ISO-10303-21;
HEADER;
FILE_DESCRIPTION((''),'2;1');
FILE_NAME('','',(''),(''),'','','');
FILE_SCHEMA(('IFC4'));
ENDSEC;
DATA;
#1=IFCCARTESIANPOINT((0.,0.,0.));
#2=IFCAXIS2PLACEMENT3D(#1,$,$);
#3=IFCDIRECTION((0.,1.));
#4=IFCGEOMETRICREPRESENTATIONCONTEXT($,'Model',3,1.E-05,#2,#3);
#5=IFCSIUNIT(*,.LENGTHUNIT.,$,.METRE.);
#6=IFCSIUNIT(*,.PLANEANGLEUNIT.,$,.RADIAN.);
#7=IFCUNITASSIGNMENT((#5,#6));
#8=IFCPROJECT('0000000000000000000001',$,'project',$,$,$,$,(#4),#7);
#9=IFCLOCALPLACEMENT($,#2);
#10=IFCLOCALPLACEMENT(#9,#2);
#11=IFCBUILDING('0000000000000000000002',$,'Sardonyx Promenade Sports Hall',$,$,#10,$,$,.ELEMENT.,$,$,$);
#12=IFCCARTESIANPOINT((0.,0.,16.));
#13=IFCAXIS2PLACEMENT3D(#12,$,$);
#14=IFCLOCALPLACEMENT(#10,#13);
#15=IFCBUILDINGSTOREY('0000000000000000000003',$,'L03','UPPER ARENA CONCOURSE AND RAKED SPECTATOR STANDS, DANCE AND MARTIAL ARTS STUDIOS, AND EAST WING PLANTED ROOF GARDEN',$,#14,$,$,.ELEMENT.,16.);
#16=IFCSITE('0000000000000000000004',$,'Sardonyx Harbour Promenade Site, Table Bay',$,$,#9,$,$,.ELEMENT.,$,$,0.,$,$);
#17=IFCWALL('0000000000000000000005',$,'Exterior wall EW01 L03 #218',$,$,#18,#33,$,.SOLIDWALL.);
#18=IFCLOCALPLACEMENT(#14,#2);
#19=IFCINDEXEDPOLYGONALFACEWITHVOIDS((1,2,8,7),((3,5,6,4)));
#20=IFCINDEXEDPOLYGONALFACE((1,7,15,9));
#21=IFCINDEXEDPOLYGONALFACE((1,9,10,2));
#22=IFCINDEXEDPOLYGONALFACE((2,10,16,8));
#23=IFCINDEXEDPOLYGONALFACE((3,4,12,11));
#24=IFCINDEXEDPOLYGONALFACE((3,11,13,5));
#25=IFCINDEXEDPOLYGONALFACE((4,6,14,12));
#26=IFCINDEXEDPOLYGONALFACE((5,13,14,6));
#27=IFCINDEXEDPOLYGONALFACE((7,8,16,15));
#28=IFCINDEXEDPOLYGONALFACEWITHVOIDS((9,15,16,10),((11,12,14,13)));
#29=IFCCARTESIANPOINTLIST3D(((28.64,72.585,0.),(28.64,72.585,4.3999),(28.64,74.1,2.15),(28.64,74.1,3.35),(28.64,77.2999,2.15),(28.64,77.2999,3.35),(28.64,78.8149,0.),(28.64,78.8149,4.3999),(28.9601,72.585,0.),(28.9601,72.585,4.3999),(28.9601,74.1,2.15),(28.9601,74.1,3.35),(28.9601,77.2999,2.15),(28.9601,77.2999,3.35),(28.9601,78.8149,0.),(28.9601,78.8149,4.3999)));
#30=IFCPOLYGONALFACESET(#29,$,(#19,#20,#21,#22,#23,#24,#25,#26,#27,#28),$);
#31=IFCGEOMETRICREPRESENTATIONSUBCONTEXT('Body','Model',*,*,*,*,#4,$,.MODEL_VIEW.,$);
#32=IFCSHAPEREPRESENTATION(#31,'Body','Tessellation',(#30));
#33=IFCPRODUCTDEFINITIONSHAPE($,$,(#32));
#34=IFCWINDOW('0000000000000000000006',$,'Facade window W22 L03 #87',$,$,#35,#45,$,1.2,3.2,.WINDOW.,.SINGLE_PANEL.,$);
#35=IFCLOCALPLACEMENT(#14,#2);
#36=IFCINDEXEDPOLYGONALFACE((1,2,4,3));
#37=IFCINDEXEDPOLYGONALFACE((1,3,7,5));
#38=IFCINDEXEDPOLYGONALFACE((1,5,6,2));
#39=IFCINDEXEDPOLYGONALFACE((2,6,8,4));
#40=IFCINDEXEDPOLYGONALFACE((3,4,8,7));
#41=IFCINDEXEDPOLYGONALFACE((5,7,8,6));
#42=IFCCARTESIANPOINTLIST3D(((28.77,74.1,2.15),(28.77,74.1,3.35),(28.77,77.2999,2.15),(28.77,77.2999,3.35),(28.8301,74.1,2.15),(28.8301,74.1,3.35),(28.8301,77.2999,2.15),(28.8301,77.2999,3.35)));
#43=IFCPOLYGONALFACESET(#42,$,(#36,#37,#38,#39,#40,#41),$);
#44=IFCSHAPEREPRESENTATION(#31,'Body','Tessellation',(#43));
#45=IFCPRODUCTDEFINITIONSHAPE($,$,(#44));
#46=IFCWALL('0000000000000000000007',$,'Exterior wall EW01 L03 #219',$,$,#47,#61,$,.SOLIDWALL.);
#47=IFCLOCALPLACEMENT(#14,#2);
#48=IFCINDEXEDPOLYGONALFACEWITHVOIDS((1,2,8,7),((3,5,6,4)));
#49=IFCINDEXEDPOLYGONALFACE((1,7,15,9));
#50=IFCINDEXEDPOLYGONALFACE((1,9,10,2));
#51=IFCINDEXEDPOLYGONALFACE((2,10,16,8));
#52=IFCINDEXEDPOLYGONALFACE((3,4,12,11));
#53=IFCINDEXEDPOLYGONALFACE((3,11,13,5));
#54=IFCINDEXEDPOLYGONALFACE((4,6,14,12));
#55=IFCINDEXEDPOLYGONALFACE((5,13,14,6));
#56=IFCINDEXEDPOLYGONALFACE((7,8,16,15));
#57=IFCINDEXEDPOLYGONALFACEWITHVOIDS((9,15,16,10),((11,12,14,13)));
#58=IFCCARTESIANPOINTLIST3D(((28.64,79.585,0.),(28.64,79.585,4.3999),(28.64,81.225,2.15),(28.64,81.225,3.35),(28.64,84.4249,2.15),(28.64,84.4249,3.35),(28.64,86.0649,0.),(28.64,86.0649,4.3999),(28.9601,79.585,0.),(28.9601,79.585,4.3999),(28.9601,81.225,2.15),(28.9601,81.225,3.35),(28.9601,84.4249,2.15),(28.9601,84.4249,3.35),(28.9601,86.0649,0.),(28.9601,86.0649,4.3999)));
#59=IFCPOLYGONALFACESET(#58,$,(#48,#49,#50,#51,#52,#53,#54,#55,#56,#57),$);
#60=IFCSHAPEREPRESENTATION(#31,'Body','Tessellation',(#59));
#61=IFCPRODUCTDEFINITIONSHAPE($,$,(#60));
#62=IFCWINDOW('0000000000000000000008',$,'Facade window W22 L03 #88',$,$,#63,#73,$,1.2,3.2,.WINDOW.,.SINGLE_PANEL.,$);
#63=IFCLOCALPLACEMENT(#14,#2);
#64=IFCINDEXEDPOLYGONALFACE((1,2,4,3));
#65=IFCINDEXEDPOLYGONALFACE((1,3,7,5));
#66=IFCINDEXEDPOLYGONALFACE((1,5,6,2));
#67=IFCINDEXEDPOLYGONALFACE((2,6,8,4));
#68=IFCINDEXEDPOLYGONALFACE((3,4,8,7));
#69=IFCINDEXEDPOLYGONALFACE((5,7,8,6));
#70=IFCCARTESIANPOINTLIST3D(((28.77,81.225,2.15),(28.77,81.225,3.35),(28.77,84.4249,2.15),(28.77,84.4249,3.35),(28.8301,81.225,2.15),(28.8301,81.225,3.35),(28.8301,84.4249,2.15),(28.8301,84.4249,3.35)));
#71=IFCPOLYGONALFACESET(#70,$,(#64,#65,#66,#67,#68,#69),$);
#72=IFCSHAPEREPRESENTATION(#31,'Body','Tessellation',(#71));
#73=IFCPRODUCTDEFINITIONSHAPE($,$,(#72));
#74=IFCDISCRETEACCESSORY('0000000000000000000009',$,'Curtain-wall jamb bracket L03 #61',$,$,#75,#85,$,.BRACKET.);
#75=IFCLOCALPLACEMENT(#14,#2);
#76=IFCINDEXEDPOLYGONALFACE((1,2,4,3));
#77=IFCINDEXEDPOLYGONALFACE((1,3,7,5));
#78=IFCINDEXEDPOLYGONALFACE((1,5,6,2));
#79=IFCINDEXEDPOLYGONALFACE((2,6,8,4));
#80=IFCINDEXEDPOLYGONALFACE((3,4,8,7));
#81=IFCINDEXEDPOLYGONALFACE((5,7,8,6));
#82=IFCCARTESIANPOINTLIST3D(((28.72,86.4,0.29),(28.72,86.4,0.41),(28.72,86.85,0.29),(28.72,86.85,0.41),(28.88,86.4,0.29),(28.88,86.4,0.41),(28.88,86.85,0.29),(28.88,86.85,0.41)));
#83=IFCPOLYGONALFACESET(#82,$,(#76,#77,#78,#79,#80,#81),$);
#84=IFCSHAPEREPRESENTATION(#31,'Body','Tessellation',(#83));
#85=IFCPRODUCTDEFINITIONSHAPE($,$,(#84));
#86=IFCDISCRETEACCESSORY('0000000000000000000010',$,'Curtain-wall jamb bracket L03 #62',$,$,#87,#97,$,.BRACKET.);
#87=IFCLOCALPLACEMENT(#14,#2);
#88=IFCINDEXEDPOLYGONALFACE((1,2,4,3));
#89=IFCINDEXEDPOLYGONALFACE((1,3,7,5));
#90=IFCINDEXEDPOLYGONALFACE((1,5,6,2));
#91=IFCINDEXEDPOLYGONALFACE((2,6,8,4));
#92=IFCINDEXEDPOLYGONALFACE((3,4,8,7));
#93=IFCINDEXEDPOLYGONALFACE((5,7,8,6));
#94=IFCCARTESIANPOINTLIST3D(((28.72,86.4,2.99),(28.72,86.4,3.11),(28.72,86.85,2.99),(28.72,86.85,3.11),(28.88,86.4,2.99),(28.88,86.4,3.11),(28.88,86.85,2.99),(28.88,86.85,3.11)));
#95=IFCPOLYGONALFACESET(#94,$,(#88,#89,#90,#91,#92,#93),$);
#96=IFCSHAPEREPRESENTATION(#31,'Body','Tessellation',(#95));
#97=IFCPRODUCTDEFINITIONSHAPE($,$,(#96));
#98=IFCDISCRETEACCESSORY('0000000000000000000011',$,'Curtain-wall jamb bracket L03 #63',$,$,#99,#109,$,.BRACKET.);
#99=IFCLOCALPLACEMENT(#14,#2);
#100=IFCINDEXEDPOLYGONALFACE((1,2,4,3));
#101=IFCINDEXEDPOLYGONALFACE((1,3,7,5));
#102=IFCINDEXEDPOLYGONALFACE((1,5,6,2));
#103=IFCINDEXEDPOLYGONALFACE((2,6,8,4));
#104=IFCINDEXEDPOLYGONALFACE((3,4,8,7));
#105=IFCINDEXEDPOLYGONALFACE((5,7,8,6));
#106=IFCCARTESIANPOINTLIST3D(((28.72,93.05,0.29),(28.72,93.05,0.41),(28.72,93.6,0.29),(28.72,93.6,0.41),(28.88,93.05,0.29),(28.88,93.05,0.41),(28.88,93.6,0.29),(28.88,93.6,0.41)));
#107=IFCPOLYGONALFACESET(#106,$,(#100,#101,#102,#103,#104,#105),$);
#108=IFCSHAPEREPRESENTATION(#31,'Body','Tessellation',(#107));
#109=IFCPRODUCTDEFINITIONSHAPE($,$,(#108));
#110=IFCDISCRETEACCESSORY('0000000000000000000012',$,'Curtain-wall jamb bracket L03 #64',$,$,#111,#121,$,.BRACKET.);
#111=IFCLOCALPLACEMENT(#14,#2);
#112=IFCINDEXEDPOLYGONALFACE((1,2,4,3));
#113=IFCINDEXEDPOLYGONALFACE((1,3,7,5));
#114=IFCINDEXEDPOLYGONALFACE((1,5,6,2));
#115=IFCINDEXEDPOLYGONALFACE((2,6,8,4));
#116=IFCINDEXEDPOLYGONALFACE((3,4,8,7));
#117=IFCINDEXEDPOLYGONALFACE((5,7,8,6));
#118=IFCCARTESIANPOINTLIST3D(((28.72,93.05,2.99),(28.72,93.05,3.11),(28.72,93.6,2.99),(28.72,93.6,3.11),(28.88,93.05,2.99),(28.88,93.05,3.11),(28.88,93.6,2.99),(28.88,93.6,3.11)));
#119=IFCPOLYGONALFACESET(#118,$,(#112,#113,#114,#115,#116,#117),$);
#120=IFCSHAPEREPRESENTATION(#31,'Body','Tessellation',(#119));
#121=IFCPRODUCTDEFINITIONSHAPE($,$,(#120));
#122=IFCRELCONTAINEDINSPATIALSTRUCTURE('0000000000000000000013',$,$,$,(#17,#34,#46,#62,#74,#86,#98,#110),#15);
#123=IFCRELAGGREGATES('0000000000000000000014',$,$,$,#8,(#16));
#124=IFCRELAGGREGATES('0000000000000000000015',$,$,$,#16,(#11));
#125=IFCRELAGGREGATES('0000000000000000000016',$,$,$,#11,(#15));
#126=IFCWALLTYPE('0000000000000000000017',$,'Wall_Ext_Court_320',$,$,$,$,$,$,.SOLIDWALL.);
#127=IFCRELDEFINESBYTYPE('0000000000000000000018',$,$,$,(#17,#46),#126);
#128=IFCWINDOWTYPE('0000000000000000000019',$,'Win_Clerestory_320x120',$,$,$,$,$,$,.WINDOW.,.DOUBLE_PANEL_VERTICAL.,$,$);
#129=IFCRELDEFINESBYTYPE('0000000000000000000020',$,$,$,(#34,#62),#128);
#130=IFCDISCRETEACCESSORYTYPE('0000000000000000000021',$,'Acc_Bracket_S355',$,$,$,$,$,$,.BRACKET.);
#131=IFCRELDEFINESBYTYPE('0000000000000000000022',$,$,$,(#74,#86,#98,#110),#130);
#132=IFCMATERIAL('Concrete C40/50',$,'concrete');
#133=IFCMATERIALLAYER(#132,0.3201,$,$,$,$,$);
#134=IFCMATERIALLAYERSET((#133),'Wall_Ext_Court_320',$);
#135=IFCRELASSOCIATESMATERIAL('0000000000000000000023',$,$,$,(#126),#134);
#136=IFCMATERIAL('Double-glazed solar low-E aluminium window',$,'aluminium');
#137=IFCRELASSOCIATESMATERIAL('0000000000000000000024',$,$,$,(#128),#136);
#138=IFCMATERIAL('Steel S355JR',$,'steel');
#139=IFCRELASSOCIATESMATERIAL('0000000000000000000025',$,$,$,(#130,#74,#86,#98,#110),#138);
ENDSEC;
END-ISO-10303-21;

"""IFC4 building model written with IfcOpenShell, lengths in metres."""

from ifc_helpers import new_model, si_unit, direction, frame, frame_2d, origin, place, context, subcontext, project, spatial, rectangle, extrude, material, layer, layer_set, type_object, element, fill, save


model = new_model("IFC4")

# Units and contexts
model_context = context("Model", 3, precision=1e-05, world=origin(), true_north=direction((0.0, 1.0)))
body_context = subcontext(model_context, "Body", "Model", "MODEL_VIEW")
ifc_project = project(units=[si_unit("LENGTHUNIT", "METRE"), si_unit("PLANEANGLEUNIT", "RADIAN")], contexts=[model_context])

# Site, building, storey
site_placement = place(None, origin())
site = spatial("IfcSite", under=ifc_project, at=site_placement, Name="Sardonyx Harbour Promenade Site, Table Bay", CompositionType="ELEMENT", RefElevation=0.0)
building_placement = place(site_placement, origin())
building = spatial("IfcBuilding", under=site, at=building_placement, Name="Sardonyx Promenade Sports Hall", CompositionType="ELEMENT")
storey_placement = place(building_placement, frame((0.0, 0.0, 16.0)))
storey = spatial("IfcBuildingStorey", under=building, at=storey_placement, Name="L03", Description="UPPER ARENA CONCOURSE AND RAKED SPECTATOR STANDS, DANCE AND MARTIAL ARTS STUDIOS, AND EAST WING PLANTED ROOF GARDEN", CompositionType="ELEMENT", Elevation=16.0)

# Walls, openings, windows
ifc_material_1 = material(Name="Concrete C40/50", Category="concrete")
ifc_layer_1 = layer(ifc_material_1, 0.3201)
ifc_layer_set_1 = layer_set([ifc_layer_1], Name="Wall_Ext_Court_320")
wall_type = type_object("IfcWallType", Name="Wall_Ext_Court_320", PredefinedType="SOLIDWALL", material=ifc_layer_set_1)
wall_1_placement = place(storey_placement, frame((28.8, 72.585, 0.0), z_axis=(0.0, 0.0, 1.0), x_axis=(0.0, 1.0, 0.0)))
wall_1 = element("IfcWall", 1, at=wall_1_placement, inside=storey, type_object=wall_type, Name="Exterior wall EW01 L03 #218", PredefinedType="SOLIDWALL", context=body_context, shape_type="SweptSolid", body=[
    extrude(rectangle(XDim=6.23, YDim=0.3201, at=frame_2d((3.115, 0.0))), origin(), (0.0, 0.0, 1.0), 4.3999),
])
opening_1_placement = place(wall_1_placement, frame((1.5149, 0.0, 2.1499)))
opening_1 = element("IfcOpeningElement", 2, at=opening_1_placement, cuts=wall_1, PredefinedType="OPENING", context=body_context, shape_type="SweptSolid", body=[
    extrude(rectangle(XDim=3.2, YDim=1.2, at=frame_2d((1.6001, 0.6001))), frame((0.0, 0.17, 0.0), z_axis=(0.0, -1.0, 0.0), x_axis=(1.0, 0.0, 0.0)), (0.0, 0.0, 1.0), 0.34),
])
ifc_material_2 = material(Name="Double-glazed solar low-E aluminium window", Category="aluminium")
window_type = type_object("IfcWindowType", Name="Win_Clerestory_320x120", PartitioningType="DOUBLE_PANEL_VERTICAL", PredefinedType="WINDOW", material=ifc_material_2)
window_1_placement = place(opening_1_placement, origin())
window_1 = element("IfcWindow", 3, at=window_1_placement, inside=storey, type_object=window_type, Name="Facade window W22 L03 #87", OverallHeight=1.2, OverallWidth=3.2, PartitioningType="SINGLE_PANEL", PredefinedType="WINDOW", context=body_context, shape_type="SweptSolid", body=[
    extrude(rectangle(XDim=3.2, YDim=1.2, at=frame_2d((1.6001, 0.6001))), frame((0.0, 0.03, 0.0), z_axis=(0.0, -1.0, 0.0), x_axis=(1.0, 0.0, 0.0)), (0.0, 0.0, 1.0), 0.0601),
])
fill(opening_1, window_1)
wall_2_placement = place(storey_placement, frame((28.8, 79.585, 0.0), z_axis=(0.0, 0.0, 1.0), x_axis=(0.0, 1.0, 0.0)))
wall_2 = element("IfcWall", 4, at=wall_2_placement, inside=storey, type_object=wall_type, Name="Exterior wall EW01 L03 #219", PredefinedType="SOLIDWALL", context=body_context, shape_type="SweptSolid", body=[
    extrude(rectangle(XDim=6.48, YDim=0.3201, at=frame_2d((3.24, 0.0))), origin(), (0.0, 0.0, 1.0), 4.3999),
])
opening_2_placement = place(wall_2_placement, frame((1.6399, 0.0, 2.1499)))
opening_2 = element("IfcOpeningElement", 5, at=opening_2_placement, cuts=wall_2, PredefinedType="OPENING", context=body_context, shape_type="SweptSolid", body=[
    extrude(rectangle(XDim=3.2, YDim=1.2, at=frame_2d((1.6001, 0.6001))), frame((0.0, 0.17, 0.0), z_axis=(0.0, -1.0, 0.0), x_axis=(1.0, 0.0, 0.0)), (0.0, 0.0, 1.0), 0.34),
])
window_2_placement = place(opening_2_placement, origin())
window_2 = element("IfcWindow", 6, at=window_2_placement, inside=storey, type_object=window_type, Name="Facade window W22 L03 #88", OverallHeight=1.2, OverallWidth=3.2, PartitioningType="SINGLE_PANEL", PredefinedType="WINDOW", context=body_context, shape_type="SweptSolid", body=[
    extrude(rectangle(XDim=3.2, YDim=1.2, at=frame_2d((1.6001, 0.6001))), frame((0.0, 0.03, 0.0), z_axis=(0.0, -1.0, 0.0), x_axis=(1.0, 0.0, 0.0)), (0.0, 0.0, 1.0), 0.0601),
])
fill(opening_2, window_2)

# Discrete accessories
ifc_material_3 = material(Name="Steel S355JR", Category="steel")
discrete_accessory_type = type_object("IfcDiscreteAccessoryType", Name="Acc_Bracket_S355", PredefinedType="BRACKET", material=ifc_material_3)
for number, where, z_axis, x_axis, name in (
    (7, (28.8, 86.625, 0.29), (0.0, 0.0, 1.0), (0.0, 1.0, 0.0), "Curtain-wall jamb bracket L03 #61"),
    (8, (28.8, 86.625, 2.99), (0.0, 0.0, 1.0), (0.0, 1.0, 0.0), "Curtain-wall jamb bracket L03 #62"),
):
    element("IfcDiscreteAccessory", number, at=place(storey_placement, frame(where, z_axis=z_axis, x_axis=x_axis)), inside=storey, type_object=discrete_accessory_type, material=ifc_material_3, Name=name, PredefinedType="BRACKET", context=body_context, shape_type="SweptSolid", body=[
        extrude(rectangle(XDim=0.45, YDim=0.16), origin(), (0.0, 0.0, 1.0), 0.12),
    ])
for number, where, z_axis, x_axis, name in (
    (9, (28.8, 93.325, 0.29), (0.0, 0.0, 1.0), (0.0, 1.0, 0.0), "Curtain-wall jamb bracket L03 #63"),
    (10, (28.8, 93.325, 2.99), (0.0, 0.0, 1.0), (0.0, 1.0, 0.0), "Curtain-wall jamb bracket L03 #64"),
):
    element("IfcDiscreteAccessory", number, at=place(storey_placement, frame(where, z_axis=z_axis, x_axis=x_axis)), inside=storey, type_object=discrete_accessory_type, material=ifc_material_3, Name=name, PredefinedType="BRACKET", context=body_context, shape_type="SweptSolid", body=[
        extrude(rectangle(XDim=0.55, YDim=0.16), origin(), (0.0, 0.0, 1.0), 0.12),
    ])

save(model, "model.ifc")
